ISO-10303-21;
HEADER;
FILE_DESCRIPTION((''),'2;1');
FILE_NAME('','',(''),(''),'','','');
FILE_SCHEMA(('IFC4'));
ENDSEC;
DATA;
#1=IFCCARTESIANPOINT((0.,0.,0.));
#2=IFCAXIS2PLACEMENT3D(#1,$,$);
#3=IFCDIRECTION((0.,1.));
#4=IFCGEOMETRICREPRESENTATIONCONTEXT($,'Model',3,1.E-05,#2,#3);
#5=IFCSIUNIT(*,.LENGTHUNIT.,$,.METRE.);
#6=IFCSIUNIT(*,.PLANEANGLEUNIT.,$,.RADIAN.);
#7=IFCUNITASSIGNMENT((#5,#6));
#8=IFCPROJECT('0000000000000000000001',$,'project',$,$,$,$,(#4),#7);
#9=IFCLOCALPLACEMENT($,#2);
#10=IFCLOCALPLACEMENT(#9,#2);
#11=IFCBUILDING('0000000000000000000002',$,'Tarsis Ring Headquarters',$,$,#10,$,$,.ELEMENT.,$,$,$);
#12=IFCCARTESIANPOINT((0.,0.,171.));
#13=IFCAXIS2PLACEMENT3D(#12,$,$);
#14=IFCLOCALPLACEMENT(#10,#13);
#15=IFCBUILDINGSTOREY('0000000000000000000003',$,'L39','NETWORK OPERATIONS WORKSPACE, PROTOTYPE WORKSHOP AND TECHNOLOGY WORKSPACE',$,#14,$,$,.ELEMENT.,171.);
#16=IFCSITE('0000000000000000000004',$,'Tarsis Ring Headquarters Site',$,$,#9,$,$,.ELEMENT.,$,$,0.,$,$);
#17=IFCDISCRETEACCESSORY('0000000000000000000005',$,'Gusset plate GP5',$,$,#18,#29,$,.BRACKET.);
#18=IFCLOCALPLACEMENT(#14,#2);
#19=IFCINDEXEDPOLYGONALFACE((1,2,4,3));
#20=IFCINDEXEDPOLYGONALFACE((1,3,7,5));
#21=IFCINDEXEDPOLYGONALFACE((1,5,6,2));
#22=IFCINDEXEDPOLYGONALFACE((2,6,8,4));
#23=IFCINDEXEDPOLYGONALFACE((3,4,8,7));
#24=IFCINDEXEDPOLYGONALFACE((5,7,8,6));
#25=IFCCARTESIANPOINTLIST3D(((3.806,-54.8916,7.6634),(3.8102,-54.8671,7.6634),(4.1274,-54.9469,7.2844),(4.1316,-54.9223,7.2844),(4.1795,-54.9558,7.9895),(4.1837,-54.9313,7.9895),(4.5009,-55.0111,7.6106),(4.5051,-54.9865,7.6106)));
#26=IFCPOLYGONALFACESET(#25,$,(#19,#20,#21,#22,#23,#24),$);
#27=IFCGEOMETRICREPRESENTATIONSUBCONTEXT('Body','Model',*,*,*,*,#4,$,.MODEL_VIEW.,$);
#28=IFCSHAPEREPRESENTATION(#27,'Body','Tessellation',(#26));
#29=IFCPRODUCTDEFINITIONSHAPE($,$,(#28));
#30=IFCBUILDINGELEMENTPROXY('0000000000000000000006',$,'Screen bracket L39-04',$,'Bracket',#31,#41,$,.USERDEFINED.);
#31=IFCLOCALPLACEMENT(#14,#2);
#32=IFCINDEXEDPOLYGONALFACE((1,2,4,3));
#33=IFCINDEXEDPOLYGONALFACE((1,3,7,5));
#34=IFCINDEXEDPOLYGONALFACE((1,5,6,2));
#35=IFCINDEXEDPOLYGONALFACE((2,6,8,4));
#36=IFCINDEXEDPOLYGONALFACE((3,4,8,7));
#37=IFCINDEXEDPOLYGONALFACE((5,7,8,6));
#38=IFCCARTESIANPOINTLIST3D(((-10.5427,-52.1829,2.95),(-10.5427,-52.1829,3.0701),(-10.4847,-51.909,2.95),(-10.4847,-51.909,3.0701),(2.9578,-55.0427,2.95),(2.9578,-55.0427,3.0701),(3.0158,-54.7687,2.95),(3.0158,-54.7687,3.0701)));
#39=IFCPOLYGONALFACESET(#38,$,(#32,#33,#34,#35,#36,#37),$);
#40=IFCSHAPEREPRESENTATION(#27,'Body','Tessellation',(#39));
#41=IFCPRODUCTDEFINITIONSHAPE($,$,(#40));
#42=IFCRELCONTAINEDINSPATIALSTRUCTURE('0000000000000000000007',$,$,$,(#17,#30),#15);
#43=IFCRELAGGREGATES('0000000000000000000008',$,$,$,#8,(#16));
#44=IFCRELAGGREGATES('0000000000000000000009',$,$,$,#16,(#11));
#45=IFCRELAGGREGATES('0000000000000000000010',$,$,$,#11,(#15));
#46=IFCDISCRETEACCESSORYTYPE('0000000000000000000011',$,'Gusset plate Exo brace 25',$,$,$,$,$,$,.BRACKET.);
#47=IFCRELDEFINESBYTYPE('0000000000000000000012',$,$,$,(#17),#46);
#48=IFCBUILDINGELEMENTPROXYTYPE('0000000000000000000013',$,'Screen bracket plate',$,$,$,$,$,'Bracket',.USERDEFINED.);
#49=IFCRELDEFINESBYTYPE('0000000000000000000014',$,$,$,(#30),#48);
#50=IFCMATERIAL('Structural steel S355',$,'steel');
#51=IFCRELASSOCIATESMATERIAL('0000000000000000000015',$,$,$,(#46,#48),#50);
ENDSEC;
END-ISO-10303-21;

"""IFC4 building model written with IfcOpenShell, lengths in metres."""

from ifc_helpers import new_model, si_unit, direction, frame, origin, origin_2d, place, context, subcontext, project, spatial, rectangle, extrude, material, material_profile, profile_set, type_object, element, save


model = new_model("IFC4")

# Units and contexts
model_context = context("Model", 3, precision=1e-05, world=origin(), true_north=direction((0.0, 1.0)))
body_context = subcontext(model_context, "Body", "Model", "MODEL_VIEW")
ifc_project = project(units=[si_unit("LENGTHUNIT", "METRE"), si_unit("PLANEANGLEUNIT", "RADIAN")], contexts=[model_context])

# Site, building, storey
site_placement = place(None, origin())
site = spatial("IfcSite", under=ifc_project, at=site_placement, Name="Tarsis Ring Headquarters Site", CompositionType="ELEMENT", RefElevation=0.0)
building_placement = place(site_placement, origin())
building = spatial("IfcBuilding", under=site, at=building_placement, Name="Tarsis Ring Headquarters", CompositionType="ELEMENT")
storey_placement = place(building_placement, frame((0.0, 0.0, 171.0)))
storey = spatial("IfcBuildingStorey", under=building, at=storey_placement, Name="L39", Description="NETWORK OPERATIONS WORKSPACE, PROTOTYPE WORKSHOP AND TECHNOLOGY WORKSPACE", CompositionType="ELEMENT", Elevation=171.0)

# Shared definitions
ifc_material_1 = material(Name="Structural steel S355", Category="steel")

# Discrete accessory
ifc_material_profile_1 = material_profile(ifc_material_1, rectangle(XDim=0.0249, YDim=0.5, at=origin_2d()), Name="PL 25x500")
ifc_profile_set_1 = profile_set([ifc_material_profile_1], Name="Structural steel S355")
discrete_accessory_type = type_object("IfcDiscreteAccessoryType", Name="Gusset plate Exo brace 25", PredefinedType="BRACKET", material=ifc_profile_set_1)
discrete_accessory_placement = place(storey_placement, frame((4.3423, -54.9712, 7.8), z_axis=(-0.747011, 0.128408, -0.652292), x_axis=(-0.169411, -0.985546, 0.0)))
element("IfcDiscreteAccessory", 1, at=discrete_accessory_placement, inside=storey, type_object=discrete_accessory_type, Name="Gusset plate GP5", PredefinedType="BRACKET", context=body_context, shape_type="SweptSolid", body=[
    extrude(rectangle(XDim=0.0249, YDim=0.5, at=origin_2d()), origin(), (0.0, 0.0, 1.0), 0.5),
])

# Building element proxy
building_element_proxy_type = type_object("IfcBuildingElementProxyType", Name="Screen bracket plate", ElementType="Bracket", PredefinedType="USERDEFINED", material=ifc_material_1)
proxy_placement = place(storey_placement, frame((-3.7634, -53.4758, 2.95), z_axis=(0.0, 0.0, 1.0), x_axis=(0.978293, -0.207229, 0.0)))
element("IfcBuildingElementProxy", 2, at=proxy_placement, inside=storey, type_object=building_element_proxy_type, Name="Screen bracket L39-04", ObjectType="Bracket", PredefinedType="USERDEFINED", context=body_context, shape_type="SweptSolid", body=[
    extrude(rectangle(XDim=13.8, YDim=0.28, at=origin_2d()), origin(), (0.0, 0.0, 1.0), 0.1201),
])

save(model, "model.ifc")
